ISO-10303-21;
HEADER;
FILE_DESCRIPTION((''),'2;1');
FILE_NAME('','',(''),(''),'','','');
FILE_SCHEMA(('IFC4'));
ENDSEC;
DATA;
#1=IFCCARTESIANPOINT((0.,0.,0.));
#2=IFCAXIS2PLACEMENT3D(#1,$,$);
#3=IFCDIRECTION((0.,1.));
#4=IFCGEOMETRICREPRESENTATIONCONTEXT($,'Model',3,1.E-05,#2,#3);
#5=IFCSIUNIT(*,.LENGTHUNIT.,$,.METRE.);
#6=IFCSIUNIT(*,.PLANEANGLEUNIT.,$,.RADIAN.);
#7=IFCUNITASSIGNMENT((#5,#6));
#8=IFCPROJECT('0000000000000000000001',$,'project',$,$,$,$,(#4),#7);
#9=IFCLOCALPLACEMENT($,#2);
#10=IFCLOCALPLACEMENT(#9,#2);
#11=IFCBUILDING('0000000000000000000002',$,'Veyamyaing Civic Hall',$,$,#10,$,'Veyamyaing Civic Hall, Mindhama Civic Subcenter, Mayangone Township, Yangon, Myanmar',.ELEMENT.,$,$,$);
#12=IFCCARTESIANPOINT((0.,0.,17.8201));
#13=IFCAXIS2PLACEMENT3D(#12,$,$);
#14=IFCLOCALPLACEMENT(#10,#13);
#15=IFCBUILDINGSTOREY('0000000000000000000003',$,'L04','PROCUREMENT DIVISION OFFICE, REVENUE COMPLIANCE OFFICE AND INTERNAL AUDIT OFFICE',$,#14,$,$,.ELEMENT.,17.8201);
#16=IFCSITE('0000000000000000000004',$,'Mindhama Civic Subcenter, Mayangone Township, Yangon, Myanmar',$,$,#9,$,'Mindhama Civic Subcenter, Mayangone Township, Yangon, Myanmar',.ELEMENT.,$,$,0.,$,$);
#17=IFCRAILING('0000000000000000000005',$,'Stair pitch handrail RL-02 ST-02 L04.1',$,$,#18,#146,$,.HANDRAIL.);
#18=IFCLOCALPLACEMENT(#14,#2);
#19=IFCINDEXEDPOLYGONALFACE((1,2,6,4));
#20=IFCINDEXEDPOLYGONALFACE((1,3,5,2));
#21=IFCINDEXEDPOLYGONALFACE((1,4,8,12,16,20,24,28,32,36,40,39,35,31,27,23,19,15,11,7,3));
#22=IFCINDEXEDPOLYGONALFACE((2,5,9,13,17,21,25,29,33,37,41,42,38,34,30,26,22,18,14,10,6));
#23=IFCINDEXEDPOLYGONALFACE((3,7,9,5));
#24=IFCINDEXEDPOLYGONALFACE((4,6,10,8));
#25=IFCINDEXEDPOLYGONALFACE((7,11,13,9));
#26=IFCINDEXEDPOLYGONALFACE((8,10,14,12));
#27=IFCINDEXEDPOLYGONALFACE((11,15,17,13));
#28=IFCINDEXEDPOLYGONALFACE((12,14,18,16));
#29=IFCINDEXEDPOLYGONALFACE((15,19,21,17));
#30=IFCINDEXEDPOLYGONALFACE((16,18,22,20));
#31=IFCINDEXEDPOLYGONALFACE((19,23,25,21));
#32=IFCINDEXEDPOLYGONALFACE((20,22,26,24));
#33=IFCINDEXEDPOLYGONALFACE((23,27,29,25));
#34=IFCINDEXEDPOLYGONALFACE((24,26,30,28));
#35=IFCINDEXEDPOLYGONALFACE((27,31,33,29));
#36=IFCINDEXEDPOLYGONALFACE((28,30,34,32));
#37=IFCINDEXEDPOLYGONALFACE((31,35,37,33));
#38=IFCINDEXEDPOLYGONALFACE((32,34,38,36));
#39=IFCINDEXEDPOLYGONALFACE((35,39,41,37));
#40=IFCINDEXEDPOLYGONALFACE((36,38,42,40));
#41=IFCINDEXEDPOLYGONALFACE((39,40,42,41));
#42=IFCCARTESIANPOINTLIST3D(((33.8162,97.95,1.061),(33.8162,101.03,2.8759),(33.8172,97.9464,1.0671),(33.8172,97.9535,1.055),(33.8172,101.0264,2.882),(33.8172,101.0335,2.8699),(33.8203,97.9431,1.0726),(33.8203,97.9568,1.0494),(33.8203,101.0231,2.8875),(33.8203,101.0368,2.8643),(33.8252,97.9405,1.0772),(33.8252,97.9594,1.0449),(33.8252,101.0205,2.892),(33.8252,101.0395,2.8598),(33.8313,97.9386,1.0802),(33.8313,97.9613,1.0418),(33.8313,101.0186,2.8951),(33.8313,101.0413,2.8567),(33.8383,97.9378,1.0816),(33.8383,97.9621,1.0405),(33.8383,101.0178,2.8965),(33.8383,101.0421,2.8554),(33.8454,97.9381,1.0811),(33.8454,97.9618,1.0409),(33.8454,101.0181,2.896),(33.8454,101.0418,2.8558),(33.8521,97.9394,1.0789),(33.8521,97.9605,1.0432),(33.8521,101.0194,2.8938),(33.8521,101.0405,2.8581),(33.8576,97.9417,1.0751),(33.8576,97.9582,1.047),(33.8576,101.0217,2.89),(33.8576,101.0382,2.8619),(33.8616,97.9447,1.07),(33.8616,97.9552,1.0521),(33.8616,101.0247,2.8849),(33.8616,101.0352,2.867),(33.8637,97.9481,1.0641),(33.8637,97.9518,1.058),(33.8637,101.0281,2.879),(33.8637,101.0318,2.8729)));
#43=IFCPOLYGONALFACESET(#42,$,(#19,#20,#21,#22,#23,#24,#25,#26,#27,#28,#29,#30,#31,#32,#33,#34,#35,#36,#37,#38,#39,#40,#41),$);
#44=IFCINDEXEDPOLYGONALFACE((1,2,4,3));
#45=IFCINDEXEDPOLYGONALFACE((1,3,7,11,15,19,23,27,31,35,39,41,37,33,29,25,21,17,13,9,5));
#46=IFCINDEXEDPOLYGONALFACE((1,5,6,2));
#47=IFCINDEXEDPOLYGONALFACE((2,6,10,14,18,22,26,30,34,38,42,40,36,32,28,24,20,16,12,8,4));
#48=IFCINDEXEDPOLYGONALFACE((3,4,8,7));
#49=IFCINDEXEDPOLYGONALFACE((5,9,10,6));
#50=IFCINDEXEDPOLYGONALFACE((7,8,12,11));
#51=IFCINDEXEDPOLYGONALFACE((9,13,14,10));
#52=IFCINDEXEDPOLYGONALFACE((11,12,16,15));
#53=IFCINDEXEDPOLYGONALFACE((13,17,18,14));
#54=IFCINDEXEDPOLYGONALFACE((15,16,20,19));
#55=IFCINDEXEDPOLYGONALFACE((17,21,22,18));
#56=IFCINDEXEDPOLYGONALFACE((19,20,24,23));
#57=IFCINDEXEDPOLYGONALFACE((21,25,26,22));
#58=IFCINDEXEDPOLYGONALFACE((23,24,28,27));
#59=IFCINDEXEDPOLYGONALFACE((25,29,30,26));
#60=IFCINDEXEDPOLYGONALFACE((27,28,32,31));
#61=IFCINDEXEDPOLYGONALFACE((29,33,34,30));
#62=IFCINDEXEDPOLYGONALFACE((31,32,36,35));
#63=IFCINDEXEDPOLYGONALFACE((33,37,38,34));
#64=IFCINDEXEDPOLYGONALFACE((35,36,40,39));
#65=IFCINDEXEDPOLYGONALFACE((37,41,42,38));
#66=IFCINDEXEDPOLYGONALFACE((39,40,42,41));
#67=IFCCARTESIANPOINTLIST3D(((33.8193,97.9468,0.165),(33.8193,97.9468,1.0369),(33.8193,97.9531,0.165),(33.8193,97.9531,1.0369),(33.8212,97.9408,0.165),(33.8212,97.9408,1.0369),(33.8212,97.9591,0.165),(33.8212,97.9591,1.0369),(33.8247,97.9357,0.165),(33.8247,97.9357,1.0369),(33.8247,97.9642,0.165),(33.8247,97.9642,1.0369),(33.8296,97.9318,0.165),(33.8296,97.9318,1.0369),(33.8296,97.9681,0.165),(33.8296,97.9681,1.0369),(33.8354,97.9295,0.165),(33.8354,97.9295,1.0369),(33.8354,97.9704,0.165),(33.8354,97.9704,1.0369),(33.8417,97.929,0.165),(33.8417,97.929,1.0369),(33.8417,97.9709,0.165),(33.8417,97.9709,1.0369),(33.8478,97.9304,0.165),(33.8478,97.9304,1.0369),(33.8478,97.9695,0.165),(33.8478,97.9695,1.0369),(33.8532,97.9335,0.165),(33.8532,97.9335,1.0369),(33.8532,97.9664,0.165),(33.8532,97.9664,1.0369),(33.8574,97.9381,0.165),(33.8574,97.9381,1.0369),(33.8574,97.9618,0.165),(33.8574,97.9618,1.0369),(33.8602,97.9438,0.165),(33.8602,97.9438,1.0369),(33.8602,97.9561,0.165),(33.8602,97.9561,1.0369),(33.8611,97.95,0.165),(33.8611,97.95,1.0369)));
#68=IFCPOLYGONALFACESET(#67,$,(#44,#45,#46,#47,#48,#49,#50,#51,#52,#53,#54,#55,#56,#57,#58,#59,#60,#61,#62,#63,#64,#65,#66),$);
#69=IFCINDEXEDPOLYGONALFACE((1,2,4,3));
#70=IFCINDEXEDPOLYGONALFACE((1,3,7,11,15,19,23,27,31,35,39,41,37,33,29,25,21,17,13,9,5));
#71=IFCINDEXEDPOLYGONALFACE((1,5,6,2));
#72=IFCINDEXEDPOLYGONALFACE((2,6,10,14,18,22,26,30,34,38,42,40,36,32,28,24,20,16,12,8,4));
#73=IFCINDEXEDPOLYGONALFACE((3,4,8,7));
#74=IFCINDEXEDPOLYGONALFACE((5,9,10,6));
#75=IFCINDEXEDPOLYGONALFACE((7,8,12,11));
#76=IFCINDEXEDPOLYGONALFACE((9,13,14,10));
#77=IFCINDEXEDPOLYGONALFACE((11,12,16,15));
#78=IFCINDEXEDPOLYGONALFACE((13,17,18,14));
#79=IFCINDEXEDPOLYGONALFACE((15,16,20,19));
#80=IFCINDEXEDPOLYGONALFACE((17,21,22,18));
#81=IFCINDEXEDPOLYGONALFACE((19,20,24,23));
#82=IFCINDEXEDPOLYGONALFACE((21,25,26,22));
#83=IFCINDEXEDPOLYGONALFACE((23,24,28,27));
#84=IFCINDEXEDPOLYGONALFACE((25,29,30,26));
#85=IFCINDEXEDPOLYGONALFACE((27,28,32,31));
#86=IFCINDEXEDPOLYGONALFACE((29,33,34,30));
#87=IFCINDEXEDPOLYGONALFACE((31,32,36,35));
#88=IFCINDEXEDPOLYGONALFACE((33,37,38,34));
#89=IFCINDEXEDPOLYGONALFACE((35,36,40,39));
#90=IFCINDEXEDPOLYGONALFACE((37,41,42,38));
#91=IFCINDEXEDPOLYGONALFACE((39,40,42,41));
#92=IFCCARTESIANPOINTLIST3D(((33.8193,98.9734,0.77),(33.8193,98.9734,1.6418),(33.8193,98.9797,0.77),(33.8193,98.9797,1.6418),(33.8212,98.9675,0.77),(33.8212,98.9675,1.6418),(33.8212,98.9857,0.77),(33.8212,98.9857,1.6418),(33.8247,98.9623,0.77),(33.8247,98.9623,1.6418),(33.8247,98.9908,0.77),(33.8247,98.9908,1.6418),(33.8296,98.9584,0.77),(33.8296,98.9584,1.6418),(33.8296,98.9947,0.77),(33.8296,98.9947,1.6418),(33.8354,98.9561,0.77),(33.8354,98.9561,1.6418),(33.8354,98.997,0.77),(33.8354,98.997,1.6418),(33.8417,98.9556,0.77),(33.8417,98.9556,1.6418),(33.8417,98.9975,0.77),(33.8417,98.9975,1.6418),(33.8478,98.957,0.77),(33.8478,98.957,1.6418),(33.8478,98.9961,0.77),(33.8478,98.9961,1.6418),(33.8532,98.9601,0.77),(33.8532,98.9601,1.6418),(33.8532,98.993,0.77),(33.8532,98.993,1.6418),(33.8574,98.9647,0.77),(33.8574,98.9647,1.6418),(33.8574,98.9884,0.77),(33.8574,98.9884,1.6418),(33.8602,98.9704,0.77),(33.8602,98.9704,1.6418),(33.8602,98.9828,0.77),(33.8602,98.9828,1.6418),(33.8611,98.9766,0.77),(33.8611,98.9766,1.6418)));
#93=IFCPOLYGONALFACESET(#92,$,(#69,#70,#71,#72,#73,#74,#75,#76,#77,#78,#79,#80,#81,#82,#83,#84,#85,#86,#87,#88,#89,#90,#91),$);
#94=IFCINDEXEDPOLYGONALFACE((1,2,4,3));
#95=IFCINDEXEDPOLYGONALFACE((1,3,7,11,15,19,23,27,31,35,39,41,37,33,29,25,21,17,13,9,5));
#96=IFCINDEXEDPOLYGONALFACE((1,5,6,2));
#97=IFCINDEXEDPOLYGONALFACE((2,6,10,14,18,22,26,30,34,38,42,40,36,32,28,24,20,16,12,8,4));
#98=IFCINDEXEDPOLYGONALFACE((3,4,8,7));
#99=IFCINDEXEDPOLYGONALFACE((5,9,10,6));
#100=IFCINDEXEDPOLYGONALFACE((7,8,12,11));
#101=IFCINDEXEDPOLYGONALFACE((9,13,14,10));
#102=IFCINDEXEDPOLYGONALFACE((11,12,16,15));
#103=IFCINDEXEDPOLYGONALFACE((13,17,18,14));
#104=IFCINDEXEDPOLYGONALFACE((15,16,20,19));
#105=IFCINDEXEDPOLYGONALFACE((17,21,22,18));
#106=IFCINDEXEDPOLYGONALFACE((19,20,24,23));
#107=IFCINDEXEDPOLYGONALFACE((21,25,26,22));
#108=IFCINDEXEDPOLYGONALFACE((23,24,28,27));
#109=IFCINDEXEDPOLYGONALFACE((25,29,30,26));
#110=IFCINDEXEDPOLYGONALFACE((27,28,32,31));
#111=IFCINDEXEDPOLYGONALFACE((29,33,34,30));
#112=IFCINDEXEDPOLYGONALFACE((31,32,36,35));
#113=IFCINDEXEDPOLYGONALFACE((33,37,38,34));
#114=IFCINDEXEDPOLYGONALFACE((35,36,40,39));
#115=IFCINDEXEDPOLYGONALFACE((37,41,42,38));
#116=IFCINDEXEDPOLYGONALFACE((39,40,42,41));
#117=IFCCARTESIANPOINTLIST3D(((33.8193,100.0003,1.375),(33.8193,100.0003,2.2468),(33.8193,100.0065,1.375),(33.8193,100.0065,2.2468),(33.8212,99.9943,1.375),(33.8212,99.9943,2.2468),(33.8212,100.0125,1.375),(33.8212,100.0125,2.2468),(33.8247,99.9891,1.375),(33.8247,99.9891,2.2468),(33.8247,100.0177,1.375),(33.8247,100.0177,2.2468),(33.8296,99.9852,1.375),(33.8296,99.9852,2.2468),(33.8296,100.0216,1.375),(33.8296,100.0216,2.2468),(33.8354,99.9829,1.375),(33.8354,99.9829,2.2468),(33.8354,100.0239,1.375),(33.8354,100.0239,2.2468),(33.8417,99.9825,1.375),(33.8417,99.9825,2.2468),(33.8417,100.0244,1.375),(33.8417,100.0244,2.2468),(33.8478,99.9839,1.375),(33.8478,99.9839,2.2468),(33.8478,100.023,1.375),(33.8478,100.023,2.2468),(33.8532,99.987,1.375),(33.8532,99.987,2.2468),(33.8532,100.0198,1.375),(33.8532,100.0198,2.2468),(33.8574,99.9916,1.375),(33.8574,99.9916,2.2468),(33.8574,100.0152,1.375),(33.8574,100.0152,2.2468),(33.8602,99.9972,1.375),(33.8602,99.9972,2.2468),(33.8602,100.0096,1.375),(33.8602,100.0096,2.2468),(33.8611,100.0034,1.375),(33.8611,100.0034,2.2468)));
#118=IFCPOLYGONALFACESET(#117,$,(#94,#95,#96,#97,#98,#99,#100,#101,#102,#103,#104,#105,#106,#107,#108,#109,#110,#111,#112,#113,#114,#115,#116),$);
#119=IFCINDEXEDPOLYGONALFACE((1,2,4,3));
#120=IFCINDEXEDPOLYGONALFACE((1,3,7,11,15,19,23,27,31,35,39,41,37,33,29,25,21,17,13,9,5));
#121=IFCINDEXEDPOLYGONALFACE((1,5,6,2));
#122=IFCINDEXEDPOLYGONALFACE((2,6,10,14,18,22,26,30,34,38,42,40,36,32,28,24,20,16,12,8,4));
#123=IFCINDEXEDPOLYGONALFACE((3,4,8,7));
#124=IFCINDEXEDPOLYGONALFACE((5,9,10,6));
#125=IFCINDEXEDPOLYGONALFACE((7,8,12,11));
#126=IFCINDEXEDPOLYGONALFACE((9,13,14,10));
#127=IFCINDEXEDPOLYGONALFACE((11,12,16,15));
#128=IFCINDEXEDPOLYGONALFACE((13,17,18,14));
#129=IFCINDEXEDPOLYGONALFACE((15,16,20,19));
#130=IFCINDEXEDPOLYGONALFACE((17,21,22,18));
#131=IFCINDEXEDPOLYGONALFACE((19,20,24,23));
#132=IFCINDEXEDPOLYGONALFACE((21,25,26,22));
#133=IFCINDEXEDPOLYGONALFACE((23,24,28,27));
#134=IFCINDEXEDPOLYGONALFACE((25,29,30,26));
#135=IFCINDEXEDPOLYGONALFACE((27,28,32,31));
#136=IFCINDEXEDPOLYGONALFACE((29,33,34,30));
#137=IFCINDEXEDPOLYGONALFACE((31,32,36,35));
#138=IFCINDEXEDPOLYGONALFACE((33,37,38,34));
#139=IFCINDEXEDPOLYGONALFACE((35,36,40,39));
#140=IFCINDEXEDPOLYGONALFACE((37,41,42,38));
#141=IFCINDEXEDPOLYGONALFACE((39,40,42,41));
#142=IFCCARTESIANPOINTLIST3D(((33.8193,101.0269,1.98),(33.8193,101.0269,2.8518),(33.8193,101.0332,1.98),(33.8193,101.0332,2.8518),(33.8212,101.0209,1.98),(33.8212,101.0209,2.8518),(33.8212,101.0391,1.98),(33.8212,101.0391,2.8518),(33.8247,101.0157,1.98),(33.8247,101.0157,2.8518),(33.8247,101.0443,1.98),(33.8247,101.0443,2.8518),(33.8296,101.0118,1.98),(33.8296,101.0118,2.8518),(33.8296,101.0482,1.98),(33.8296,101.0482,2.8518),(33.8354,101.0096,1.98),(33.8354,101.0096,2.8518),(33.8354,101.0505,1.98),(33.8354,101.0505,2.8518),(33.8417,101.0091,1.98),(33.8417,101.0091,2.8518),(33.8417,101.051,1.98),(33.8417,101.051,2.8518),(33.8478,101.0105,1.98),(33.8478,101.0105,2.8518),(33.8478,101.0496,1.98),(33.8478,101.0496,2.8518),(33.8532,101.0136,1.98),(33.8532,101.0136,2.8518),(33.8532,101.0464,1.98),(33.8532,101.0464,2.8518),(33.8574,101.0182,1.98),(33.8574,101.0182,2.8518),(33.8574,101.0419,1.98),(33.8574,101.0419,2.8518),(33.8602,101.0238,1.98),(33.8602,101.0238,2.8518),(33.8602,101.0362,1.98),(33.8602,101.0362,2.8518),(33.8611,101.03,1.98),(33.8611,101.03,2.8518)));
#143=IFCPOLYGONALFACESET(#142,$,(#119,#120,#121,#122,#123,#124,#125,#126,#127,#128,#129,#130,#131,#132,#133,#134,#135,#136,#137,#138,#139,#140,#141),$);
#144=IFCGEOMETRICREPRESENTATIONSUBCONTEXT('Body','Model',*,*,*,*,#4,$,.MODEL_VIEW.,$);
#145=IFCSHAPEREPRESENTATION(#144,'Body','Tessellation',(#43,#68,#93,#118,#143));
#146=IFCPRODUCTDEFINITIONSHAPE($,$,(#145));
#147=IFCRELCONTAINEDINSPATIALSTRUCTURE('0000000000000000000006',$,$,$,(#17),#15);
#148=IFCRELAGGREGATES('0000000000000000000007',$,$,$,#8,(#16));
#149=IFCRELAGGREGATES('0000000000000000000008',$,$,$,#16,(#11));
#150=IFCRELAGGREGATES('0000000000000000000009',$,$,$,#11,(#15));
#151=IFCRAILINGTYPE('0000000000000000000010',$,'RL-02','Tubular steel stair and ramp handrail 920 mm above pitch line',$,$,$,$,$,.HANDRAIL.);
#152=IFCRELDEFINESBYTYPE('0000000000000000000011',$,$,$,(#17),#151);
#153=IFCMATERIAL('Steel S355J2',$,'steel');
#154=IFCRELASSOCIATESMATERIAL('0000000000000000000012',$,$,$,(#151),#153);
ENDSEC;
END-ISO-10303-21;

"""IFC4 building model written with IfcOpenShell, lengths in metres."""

from ifc_helpers import new_model, si_unit, direction, frame, origin, origin_2d, place, context, subcontext, project, spatial, circle, extrude, material, type_object, element, save


model = new_model("IFC4")

# Units and contexts
model_context = context("Model", 3, precision=1e-05, world=origin(), true_north=direction((0.0, 1.0)))
body_context = subcontext(model_context, "Body", "Model", "MODEL_VIEW")
ifc_project = project(units=[si_unit("LENGTHUNIT", "METRE"), si_unit("PLANEANGLEUNIT", "RADIAN")], contexts=[model_context])

# Site, building, storey
site_placement = place(None, origin())
site = spatial("IfcSite", under=ifc_project, at=site_placement, Name="Mindhama Civic Subcenter, Mayangone Township, Yangon, Myanmar", LongName="Mindhama Civic Subcenter, Mayangone Township, Yangon, Myanmar", CompositionType="ELEMENT", RefElevation=0.0)
building_placement = place(site_placement, origin())
building = spatial("IfcBuilding", under=site, at=building_placement, Name="Veyamyaing Civic Hall", LongName="Veyamyaing Civic Hall, Mindhama Civic Subcenter, Mayangone Township, Yangon, Myanmar", CompositionType="ELEMENT")
storey_placement = place(building_placement, frame((0.0, 0.0, 17.8201)))
storey = spatial("IfcBuildingStorey", under=building, at=storey_placement, Name="L04", Description="PROCUREMENT DIVISION OFFICE, REVENUE COMPLIANCE OFFICE AND INTERNAL AUDIT OFFICE", CompositionType="ELEMENT", Elevation=17.8201)

# Railing
ifc_material_1 = material(Name="Steel S355J2", Category="steel")
railing_type_1 = type_object("IfcRailingType", Name="RL-02", Description="Tubular steel stair and ramp handrail 920 mm above pitch line", PredefinedType="HANDRAIL", material=ifc_material_1)
railing_1_placement = place(storey_placement, frame((33.8401, 97.95, 0.165)))
element("IfcRailing", 1, at=railing_1_placement, inside=storey, type_object=railing_type_1, Name="Stair pitch handrail RL-02 ST-02 L04.1", PredefinedType="HANDRAIL", context=body_context, shape_type="SweptSolid", body=[
    extrude(circle(Radius=0.0239, at=origin_2d()), frame((0.0, 0.0, 0.896), z_axis=(0.0, 0.861551, 0.507671), x_axis=(-1.0, 0.0, 0.0)), (0.0, 0.0, 1.0), 3.575),
    extrude(circle(Radius=0.021, at=origin_2d()), origin(), (0.0, 0.0, 1.0), 0.8718),
    extrude(circle(Radius=0.021, at=origin_2d()), frame((0.0, 1.0266, 0.605)), (0.0, 0.0, 1.0), 0.8718),
    extrude(circle(Radius=0.021, at=origin_2d()), frame((0.0, 2.0535, 1.21)), (0.0, 0.0, 1.0), 0.8718),
    extrude(circle(Radius=0.021, at=origin_2d()), frame((0.0, 3.0801, 1.8149)), (0.0, 0.0, 1.0), 0.8718),
])

save(model, "model.ifc")
